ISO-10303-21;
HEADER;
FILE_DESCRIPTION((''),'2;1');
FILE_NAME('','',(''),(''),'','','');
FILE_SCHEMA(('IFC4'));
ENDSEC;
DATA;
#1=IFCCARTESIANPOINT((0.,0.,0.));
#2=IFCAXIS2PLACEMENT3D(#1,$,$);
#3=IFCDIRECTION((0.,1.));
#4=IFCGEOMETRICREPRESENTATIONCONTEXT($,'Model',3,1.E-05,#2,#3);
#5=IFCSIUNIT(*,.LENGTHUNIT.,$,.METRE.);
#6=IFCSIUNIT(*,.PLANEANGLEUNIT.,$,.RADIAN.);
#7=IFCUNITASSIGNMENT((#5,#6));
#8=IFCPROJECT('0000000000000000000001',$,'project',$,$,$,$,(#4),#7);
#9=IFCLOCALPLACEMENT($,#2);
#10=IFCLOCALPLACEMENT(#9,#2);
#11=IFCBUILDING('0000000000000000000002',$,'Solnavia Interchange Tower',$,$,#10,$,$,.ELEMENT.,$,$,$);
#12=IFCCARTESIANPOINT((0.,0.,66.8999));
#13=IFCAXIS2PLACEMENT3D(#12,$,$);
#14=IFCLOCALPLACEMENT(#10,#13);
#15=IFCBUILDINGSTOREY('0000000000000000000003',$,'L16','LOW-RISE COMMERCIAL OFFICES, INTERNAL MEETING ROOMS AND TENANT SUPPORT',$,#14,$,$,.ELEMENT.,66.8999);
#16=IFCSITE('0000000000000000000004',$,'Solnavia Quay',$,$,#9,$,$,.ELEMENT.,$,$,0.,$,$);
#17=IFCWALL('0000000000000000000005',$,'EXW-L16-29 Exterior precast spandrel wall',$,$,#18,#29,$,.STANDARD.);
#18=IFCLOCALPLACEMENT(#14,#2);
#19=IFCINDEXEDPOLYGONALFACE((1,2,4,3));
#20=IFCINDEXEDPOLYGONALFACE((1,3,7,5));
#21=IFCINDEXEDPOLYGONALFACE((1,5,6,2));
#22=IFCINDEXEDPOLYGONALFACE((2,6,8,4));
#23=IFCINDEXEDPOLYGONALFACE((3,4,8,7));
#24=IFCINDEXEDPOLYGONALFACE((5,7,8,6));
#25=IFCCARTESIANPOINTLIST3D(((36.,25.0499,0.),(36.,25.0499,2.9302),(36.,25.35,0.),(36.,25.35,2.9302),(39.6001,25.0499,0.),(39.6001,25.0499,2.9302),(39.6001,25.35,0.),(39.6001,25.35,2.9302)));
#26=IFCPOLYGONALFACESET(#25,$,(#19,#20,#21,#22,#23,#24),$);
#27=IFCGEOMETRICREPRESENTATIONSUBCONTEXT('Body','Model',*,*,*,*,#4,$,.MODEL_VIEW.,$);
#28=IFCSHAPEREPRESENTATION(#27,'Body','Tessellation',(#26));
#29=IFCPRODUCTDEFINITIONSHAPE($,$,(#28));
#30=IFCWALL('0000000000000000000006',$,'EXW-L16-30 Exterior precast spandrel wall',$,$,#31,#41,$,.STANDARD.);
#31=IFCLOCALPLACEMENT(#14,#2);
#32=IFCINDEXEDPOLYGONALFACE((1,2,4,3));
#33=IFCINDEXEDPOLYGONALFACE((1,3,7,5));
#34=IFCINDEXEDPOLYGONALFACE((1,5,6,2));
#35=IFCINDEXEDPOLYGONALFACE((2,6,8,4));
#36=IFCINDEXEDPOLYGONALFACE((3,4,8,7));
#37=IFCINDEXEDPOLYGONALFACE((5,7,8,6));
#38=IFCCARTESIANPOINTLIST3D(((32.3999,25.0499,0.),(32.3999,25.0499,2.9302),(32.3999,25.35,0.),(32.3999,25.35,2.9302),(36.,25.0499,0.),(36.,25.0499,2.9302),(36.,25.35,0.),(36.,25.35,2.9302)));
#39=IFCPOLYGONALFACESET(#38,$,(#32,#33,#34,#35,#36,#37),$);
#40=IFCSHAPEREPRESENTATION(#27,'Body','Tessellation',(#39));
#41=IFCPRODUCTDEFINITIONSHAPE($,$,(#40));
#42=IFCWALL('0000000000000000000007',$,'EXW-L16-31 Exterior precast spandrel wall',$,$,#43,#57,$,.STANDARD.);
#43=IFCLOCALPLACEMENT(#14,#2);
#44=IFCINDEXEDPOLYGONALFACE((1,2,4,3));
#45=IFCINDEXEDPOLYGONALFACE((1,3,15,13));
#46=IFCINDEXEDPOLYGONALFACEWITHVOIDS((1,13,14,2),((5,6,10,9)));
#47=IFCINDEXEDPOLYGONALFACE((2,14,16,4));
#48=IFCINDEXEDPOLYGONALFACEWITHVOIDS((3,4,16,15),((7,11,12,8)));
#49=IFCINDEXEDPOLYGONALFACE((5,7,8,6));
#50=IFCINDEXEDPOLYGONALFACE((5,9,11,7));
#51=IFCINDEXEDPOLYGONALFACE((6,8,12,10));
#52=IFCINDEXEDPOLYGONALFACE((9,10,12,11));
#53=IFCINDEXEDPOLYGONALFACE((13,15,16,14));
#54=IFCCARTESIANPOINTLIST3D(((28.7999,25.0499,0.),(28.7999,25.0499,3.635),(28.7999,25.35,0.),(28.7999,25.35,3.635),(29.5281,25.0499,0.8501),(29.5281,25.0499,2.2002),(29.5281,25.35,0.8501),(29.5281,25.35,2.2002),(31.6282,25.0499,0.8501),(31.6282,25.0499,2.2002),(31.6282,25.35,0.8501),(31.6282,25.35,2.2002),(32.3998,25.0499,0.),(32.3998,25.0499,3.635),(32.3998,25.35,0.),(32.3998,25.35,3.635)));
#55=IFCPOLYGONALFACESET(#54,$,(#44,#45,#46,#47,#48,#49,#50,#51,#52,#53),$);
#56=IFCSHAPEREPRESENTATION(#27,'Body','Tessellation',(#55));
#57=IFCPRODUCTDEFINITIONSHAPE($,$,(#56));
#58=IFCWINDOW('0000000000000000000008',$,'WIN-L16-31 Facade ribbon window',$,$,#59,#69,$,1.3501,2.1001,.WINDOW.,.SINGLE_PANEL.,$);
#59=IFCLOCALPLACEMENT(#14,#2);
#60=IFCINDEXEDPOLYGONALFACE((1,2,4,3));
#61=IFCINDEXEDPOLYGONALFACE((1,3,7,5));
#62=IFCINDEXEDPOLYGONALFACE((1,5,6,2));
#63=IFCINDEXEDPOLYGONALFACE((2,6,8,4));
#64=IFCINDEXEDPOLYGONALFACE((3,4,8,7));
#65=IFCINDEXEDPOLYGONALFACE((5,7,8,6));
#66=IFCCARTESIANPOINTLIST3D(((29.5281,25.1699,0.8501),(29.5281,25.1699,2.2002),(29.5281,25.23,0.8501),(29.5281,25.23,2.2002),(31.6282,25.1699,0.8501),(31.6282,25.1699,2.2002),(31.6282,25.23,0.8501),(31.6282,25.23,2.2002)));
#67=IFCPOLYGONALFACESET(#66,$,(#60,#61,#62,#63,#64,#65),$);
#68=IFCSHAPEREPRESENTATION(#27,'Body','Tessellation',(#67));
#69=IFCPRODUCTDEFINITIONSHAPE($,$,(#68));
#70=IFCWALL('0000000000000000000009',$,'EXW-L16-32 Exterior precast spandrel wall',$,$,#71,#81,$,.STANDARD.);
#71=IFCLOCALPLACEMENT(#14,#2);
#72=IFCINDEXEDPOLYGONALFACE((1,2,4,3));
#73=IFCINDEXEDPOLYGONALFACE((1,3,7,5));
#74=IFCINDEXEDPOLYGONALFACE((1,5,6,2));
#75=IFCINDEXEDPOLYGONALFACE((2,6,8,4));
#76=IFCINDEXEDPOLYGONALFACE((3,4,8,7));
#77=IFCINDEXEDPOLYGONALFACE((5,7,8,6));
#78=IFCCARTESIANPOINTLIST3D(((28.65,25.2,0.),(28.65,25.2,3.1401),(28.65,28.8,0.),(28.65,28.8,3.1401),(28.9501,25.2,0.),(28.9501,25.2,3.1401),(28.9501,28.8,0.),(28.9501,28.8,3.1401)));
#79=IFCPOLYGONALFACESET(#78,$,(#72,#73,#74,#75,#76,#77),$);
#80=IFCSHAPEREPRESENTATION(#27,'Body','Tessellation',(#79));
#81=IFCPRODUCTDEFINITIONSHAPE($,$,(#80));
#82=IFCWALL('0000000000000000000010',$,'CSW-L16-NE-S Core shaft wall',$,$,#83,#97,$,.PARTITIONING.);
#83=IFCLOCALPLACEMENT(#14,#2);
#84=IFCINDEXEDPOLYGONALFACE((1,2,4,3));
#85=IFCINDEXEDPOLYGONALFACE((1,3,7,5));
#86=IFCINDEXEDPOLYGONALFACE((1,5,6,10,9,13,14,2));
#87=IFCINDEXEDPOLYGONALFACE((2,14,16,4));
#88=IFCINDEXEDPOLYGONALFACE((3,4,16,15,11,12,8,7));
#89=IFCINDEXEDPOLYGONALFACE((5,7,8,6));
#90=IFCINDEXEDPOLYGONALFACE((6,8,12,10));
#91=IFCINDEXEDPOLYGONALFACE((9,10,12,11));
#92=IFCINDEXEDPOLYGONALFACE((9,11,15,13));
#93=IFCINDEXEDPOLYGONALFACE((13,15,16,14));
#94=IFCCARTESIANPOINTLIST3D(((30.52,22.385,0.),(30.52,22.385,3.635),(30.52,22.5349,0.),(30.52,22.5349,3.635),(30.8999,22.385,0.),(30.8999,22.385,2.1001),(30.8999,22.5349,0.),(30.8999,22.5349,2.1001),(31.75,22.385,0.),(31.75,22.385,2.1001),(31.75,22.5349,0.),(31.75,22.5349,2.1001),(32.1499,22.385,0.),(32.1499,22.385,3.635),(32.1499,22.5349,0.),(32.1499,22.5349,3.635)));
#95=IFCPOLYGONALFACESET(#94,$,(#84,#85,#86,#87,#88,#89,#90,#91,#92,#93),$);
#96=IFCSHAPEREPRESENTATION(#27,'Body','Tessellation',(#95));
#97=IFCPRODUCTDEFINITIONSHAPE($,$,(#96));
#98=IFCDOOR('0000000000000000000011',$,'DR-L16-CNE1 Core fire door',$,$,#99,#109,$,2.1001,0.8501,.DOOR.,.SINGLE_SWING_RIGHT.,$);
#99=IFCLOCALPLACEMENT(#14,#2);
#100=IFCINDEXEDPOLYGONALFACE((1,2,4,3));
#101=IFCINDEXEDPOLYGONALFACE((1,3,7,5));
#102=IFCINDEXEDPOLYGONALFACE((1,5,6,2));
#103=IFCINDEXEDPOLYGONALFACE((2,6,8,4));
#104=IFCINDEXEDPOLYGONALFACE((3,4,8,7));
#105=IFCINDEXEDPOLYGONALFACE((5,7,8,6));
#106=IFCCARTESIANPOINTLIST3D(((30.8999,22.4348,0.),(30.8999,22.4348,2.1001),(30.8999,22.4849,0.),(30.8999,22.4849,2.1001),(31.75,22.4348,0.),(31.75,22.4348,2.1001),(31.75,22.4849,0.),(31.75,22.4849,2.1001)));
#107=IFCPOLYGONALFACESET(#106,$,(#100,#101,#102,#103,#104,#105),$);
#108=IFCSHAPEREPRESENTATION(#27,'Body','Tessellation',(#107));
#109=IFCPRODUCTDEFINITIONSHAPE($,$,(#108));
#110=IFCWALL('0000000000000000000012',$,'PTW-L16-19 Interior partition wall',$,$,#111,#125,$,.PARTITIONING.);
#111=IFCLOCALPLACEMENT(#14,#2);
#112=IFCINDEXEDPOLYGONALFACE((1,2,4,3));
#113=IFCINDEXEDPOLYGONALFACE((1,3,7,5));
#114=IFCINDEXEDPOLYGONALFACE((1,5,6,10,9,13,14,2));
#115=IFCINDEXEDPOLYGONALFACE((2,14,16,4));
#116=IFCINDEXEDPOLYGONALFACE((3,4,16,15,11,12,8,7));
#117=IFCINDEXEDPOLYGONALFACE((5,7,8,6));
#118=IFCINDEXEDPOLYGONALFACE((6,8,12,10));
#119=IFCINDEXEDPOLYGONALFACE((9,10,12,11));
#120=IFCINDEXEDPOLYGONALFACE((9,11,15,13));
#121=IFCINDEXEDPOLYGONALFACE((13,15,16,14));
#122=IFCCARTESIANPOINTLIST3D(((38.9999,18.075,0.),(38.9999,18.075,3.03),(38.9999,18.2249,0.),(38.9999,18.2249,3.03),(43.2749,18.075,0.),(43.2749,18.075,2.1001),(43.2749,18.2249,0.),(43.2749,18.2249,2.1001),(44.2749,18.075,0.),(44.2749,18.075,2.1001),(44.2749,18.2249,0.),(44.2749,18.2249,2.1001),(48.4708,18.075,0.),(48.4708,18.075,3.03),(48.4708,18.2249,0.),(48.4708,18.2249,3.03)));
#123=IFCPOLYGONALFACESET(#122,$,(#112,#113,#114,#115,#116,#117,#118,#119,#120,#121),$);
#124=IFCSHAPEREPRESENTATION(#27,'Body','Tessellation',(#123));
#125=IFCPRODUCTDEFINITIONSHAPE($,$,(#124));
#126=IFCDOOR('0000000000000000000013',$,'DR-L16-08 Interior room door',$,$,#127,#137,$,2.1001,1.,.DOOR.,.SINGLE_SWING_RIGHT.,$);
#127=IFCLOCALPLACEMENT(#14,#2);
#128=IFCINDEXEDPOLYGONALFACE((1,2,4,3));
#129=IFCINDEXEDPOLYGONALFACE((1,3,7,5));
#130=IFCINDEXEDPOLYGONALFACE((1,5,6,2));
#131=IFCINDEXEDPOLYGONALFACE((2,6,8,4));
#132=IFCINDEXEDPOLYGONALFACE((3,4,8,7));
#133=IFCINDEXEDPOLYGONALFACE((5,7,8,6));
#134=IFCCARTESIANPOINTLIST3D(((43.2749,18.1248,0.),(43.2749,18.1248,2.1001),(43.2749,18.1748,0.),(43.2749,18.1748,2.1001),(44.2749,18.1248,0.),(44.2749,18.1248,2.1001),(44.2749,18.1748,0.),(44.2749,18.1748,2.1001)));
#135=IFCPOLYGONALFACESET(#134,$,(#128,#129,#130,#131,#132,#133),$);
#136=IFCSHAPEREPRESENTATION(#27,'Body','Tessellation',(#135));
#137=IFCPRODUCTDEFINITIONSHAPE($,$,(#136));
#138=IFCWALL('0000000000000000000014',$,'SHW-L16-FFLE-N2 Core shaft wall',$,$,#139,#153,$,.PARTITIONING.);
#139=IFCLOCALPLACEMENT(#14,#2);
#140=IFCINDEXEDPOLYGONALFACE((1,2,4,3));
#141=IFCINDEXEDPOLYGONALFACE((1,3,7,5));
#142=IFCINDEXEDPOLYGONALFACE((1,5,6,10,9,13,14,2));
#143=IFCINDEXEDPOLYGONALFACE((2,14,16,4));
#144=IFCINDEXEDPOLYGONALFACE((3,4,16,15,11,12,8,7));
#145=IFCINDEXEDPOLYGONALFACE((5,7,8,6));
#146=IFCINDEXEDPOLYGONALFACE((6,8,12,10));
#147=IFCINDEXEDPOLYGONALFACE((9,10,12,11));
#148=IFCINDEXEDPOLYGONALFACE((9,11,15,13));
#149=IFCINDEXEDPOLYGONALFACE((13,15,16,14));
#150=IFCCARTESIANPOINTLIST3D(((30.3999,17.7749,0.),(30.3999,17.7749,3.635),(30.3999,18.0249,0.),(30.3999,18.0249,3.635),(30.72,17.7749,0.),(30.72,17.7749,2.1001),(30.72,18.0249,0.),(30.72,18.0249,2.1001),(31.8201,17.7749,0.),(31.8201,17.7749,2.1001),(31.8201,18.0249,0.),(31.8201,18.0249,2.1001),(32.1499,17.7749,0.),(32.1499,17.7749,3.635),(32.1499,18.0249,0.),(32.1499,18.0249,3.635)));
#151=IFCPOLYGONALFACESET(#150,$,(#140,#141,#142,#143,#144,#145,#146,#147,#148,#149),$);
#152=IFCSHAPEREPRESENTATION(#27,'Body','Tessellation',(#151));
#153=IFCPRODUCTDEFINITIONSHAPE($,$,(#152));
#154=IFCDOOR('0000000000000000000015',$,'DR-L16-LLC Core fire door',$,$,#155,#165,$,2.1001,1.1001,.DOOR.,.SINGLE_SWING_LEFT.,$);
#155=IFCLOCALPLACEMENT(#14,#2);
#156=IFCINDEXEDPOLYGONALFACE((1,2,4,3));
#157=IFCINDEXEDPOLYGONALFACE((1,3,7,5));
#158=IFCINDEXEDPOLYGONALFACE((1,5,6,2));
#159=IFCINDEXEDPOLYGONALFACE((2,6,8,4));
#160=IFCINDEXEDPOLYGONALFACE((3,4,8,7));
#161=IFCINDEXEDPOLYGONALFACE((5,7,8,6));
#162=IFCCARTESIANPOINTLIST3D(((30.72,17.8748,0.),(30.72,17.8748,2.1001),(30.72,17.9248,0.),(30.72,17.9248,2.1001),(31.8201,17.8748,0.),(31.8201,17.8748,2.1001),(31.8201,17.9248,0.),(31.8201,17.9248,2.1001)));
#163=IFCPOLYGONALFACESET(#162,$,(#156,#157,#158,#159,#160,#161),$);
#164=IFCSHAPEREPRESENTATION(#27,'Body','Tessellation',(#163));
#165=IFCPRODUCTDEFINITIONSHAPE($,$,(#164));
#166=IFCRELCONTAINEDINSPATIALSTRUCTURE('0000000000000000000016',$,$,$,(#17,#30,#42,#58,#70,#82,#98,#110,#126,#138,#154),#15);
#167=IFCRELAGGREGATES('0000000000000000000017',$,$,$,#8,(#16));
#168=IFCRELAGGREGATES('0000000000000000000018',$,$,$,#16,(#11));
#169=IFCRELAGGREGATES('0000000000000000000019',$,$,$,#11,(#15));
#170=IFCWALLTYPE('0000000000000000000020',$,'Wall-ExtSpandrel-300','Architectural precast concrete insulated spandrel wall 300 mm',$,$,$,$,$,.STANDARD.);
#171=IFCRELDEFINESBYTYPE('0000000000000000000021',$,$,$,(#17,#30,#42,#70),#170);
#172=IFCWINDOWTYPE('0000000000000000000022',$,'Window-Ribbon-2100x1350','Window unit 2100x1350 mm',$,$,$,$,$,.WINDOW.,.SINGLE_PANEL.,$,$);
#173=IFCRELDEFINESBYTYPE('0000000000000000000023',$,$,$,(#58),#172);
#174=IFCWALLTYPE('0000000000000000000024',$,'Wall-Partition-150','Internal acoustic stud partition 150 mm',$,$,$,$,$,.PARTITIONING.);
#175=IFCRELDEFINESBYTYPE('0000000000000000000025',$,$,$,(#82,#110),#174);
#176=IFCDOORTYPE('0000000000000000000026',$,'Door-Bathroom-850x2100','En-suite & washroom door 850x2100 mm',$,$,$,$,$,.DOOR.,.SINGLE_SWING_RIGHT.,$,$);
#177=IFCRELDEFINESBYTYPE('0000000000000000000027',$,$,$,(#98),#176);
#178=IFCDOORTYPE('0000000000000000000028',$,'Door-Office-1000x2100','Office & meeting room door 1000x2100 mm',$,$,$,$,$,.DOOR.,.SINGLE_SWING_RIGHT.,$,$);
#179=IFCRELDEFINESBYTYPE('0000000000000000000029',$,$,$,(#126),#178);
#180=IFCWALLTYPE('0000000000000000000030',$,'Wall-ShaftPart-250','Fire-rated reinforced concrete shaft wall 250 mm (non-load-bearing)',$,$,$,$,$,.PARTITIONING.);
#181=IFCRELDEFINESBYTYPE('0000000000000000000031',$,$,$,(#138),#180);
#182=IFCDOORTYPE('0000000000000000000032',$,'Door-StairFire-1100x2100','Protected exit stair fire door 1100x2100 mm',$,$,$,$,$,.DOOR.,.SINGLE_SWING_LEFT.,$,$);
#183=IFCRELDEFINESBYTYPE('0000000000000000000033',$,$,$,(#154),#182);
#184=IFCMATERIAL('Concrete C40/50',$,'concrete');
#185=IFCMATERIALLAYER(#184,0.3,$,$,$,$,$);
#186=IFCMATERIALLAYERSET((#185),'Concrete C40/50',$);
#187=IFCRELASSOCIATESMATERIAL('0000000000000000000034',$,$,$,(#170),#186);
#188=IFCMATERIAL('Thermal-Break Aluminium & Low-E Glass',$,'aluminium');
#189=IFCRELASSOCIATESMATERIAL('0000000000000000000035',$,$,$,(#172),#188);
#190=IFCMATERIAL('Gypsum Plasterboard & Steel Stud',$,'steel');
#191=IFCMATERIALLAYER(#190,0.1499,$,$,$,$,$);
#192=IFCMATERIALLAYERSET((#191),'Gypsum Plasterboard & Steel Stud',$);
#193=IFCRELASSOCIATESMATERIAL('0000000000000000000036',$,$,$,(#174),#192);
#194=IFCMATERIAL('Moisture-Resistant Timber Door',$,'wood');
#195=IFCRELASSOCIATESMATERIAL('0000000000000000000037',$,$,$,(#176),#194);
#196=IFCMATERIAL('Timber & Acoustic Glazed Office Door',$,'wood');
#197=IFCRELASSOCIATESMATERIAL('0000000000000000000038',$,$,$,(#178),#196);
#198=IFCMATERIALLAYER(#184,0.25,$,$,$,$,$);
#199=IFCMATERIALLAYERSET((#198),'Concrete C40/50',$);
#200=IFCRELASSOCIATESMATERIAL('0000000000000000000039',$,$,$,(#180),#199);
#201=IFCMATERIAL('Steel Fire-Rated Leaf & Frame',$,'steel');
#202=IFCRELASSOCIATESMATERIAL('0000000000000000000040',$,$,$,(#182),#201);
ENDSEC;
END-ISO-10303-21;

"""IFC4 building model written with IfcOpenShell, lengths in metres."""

from ifc_helpers import new_model, si_unit, direction, frame, frame_2d, origin, place, context, subcontext, project, spatial, rectangle, extrude, material, layer, layer_set, type_object, element, fill, save


model = new_model("IFC4")

# Units and contexts
model_context = context("Model", 3, precision=1e-05, world=origin(), true_north=direction((0.0, 1.0)))
body_context = subcontext(model_context, "Body", "Model", "MODEL_VIEW")
ifc_project = project(units=[si_unit("LENGTHUNIT", "METRE"), si_unit("PLANEANGLEUNIT", "RADIAN")], contexts=[model_context])

# Site, building, storey
site_placement = place(None, origin())
site = spatial("IfcSite", under=ifc_project, at=site_placement, Name="Solnavia Quay", CompositionType="ELEMENT", RefElevation=0.0)
building_placement = place(site_placement, origin())
building = spatial("IfcBuilding", under=site, at=building_placement, Name="Solnavia Interchange Tower", CompositionType="ELEMENT")
storey_placement = place(building_placement, frame((0.0, 0.0, 66.8999)))
storey = spatial("IfcBuildingStorey", under=building, at=storey_placement, Name="L16", Description="LOW-RISE COMMERCIAL OFFICES, INTERNAL MEETING ROOMS AND TENANT SUPPORT", CompositionType="ELEMENT", Elevation=66.8999)

# Walls
ifc_material_1 = material(Name="Concrete C40/50", Category="concrete")
ifc_layer_1 = layer(ifc_material_1, 0.3)
ifc_layer_set_1 = layer_set([ifc_layer_1], Name="Concrete C40/50")
wall_type_1 = type_object("IfcWallType", Name="Wall-ExtSpandrel-300", Description="Architectural precast concrete insulated spandrel wall 300 mm", PredefinedType="STANDARD", material=ifc_layer_set_1)
for number, where, z_axis, x_axis, name in (
    (1, (36.0, 25.2, 0.0), (0.0, 0.0, 1.0), (1.0, 0.0, 0.0), "EXW-L16-29 Exterior precast spandrel wall"),
    (2, (32.3999, 25.2, 0.0), (0.0, 0.0, 1.0), (1.0, 0.0, 0.0), "EXW-L16-30 Exterior precast spandrel wall"),
):
    element("IfcWall", number, at=place(storey_placement, frame(where, z_axis=z_axis, x_axis=x_axis)), inside=storey, type_object=wall_type_1, Name=name, PredefinedType="STANDARD", context=body_context, shape_type="SweptSolid", body=[
        extrude(rectangle(XDim=3.6001, YDim=0.3, at=frame_2d((1.8, 0.0))), origin(), (0.0, 0.0, 1.0), 2.9302),
    ])

# Wall, opening, window
wall_1_placement = place(storey_placement, frame((28.8, 25.2, 0.0), z_axis=(0.0, 0.0, 1.0), x_axis=(1.0, 0.0, 0.0)))
wall_1 = element("IfcWall", 3, at=wall_1_placement, inside=storey, type_object=wall_type_1, Name="EXW-L16-31 Exterior precast spandrel wall", PredefinedType="STANDARD", context=body_context, shape_type="SweptSolid", body=[
    extrude(rectangle(XDim=3.5999, YDim=0.3, at=frame_2d((1.7998, 0.0))), origin(), (0.0, 0.0, 1.0), 3.635),
])
opening_1_placement = place(wall_1_placement, frame((0.728, 0.0, 0.8501)))
opening_1 = element("IfcOpeningElement", 4, at=opening_1_placement, cuts=wall_1, PredefinedType="OPENING", context=body_context, shape_type="SweptSolid", body=[
    extrude(rectangle(XDim=2.1001, YDim=1.3501, at=frame_2d((1.05, 0.675))), frame((0.0, 0.1602, 0.0), z_axis=(0.0, -1.0, 0.0), x_axis=(1.0, 0.0, 0.0)), (0.0, 0.0, 1.0), 0.3201),
])
ifc_material_2 = material(Name="Thermal-Break Aluminium & Low-E Glass", Category="aluminium")
window_type = type_object("IfcWindowType", Name="Window-Ribbon-2100x1350", Description="Window unit 2100x1350 mm", PartitioningType="SINGLE_PANEL", PredefinedType="WINDOW", material=ifc_material_2)
window_placement = place(opening_1_placement, origin())
window = element("IfcWindow", 5, at=window_placement, inside=storey, type_object=window_type, Name="WIN-L16-31 Facade ribbon window", OverallHeight=1.3501, OverallWidth=2.1001, PartitioningType="SINGLE_PANEL", PredefinedType="WINDOW", context=body_context, shape_type="SweptSolid", body=[
    extrude(rectangle(XDim=2.1001, YDim=1.3501, at=frame_2d((1.05, 0.675))), frame((0.0, 0.03, 0.0), z_axis=(0.0, -1.0, 0.0), x_axis=(1.0, 0.0, 0.0)), (0.0, 0.0, 1.0), 0.0601),
])
fill(opening_1, window)

# Wall
wall_2_placement = place(storey_placement, frame((28.8, 25.2, 0.0), z_axis=(0.0, 0.0, 1.0), x_axis=(0.0, 1.0, 0.0)))
element("IfcWall", 6, at=wall_2_placement, inside=storey, type_object=wall_type_1, Name="EXW-L16-32 Exterior precast spandrel wall", PredefinedType="STANDARD", context=body_context, shape_type="SweptSolid", body=[
    extrude(rectangle(XDim=3.6001, YDim=0.3, at=frame_2d((1.8, 0.0))), origin(), (0.0, 0.0, 1.0), 3.1401),
])

# Walls, openings, doors
ifc_material_3 = material(Name="Gypsum Plasterboard & Steel Stud", Category="steel")
ifc_layer_2 = layer(ifc_material_3, 0.1499)
ifc_layer_set_2 = layer_set([ifc_layer_2], Name="Gypsum Plasterboard & Steel Stud")
wall_type_2 = type_object("IfcWallType", Name="Wall-Partition-150", Description="Internal acoustic stud partition 150 mm", PredefinedType="PARTITIONING", material=ifc_layer_set_2)
wall_3_placement = place(storey_placement, frame((30.52, 22.46, 0.0), z_axis=(0.0, 0.0, 1.0), x_axis=(1.0, 0.0, 0.0)))
wall_3 = element("IfcWall", 7, at=wall_3_placement, inside=storey, type_object=wall_type_2, Name="CSW-L16-NE-S Core shaft wall", PredefinedType="PARTITIONING", context=body_context, shape_type="SweptSolid", body=[
    extrude(rectangle(XDim=1.6299, YDim=0.1499, at=frame_2d((0.8149, 0.0))), origin(), (0.0, 0.0, 1.0), 3.635),
])
opening_2_placement = place(wall_3_placement, frame((0.3799, 0.0, 0.0)))
opening_2 = element("IfcOpeningElement", 8, at=opening_2_placement, cuts=wall_3, PredefinedType="OPENING", context=body_context, shape_type="SweptSolid", body=[
    extrude(rectangle(XDim=0.8501, YDim=2.1001, at=frame_2d((0.425, 1.05))), frame((0.0, 0.085, 0.0), z_axis=(0.0, -1.0, 0.0), x_axis=(1.0, 0.0, 0.0)), (0.0, 0.0, 1.0), 0.1699),
])
ifc_material_4 = material(Name="Moisture-Resistant Timber Door", Category="wood")
door_type_1 = type_object("IfcDoorType", Name="Door-Bathroom-850x2100", Description="En-suite & washroom door 850x2100 mm", OperationType="SINGLE_SWING_RIGHT", PredefinedType="DOOR", material=ifc_material_4)
door_1_placement = place(opening_2_placement, origin())
door_1 = element("IfcDoor", 9, at=door_1_placement, inside=storey, type_object=door_type_1, Name="DR-L16-CNE1 Core fire door", OperationType="SINGLE_SWING_RIGHT", OverallHeight=2.1001, OverallWidth=0.8501, PredefinedType="DOOR", context=body_context, shape_type="SweptSolid", body=[
    extrude(rectangle(XDim=0.8501, YDim=2.1001, at=frame_2d((0.425, 1.05))), frame((0.0, 0.0249, 0.0), z_axis=(0.0, -1.0, 0.0), x_axis=(1.0, 0.0, 0.0)), (0.0, 0.0, 1.0), 0.05),
])
fill(opening_2, door_1)
wall_4_placement = place(storey_placement, frame((39.0, 18.1499, 0.0), z_axis=(0.0, 0.0, 1.0), x_axis=(1.0, 0.0, 0.0)))
wall_4 = element("IfcWall", 10, at=wall_4_placement, inside=storey, type_object=wall_type_2, Name="PTW-L16-19 Interior partition wall", PredefinedType="PARTITIONING", context=body_context, shape_type="SweptSolid", body=[
    extrude(rectangle(XDim=9.4709, YDim=0.1499, at=frame_2d((4.7354, 0.0))), origin(), (0.0, 0.0, 1.0), 3.03),
])
opening_3_placement = place(wall_4_placement, frame((4.2749, 0.0, 0.0)))
opening_3 = element("IfcOpeningElement", 11, at=opening_3_placement, cuts=wall_4, PredefinedType="OPENING", context=body_context, shape_type="SweptSolid", body=[
    extrude(rectangle(XDim=1.0, YDim=2.1001, at=frame_2d((0.5, 1.05))), frame((0.0, 0.085, 0.0), z_axis=(0.0, -1.0, 0.0), x_axis=(1.0, 0.0, 0.0)), (0.0, 0.0, 1.0), 0.1699),
])
ifc_material_5 = material(Name="Timber & Acoustic Glazed Office Door", Category="wood")
door_type_2 = type_object("IfcDoorType", Name="Door-Office-1000x2100", Description="Office & meeting room door 1000x2100 mm", OperationType="SINGLE_SWING_RIGHT", PredefinedType="DOOR", material=ifc_material_5)
door_2_placement = place(opening_3_placement, origin())
door_2 = element("IfcDoor", 12, at=door_2_placement, inside=storey, type_object=door_type_2, Name="DR-L16-08 Interior room door", OperationType="SINGLE_SWING_RIGHT", OverallHeight=2.1001, OverallWidth=1.0, PredefinedType="DOOR", context=body_context, shape_type="SweptSolid", body=[
    extrude(rectangle(XDim=1.0, YDim=2.1001, at=frame_2d((0.5, 1.05))), frame((0.0, 0.0249, 0.0), z_axis=(0.0, -1.0, 0.0), x_axis=(1.0, 0.0, 0.0)), (0.0, 0.0, 1.0), 0.05),
])
fill(opening_3, door_2)
ifc_layer_3 = layer(ifc_material_1, 0.25)
ifc_layer_set_3 = layer_set([ifc_layer_3], Name="Concrete C40/50")
wall_type_3 = type_object("IfcWallType", Name="Wall-ShaftPart-250", Description="Fire-rated reinforced concrete shaft wall 250 mm (non-load-bearing)", PredefinedType="PARTITIONING", material=ifc_layer_set_3)
wall_5_placement = place(storey_placement, frame((30.3999, 17.8999, 0.0), z_axis=(0.0, 0.0, 1.0), x_axis=(1.0, 0.0, 0.0)))
wall_5 = element("IfcWall", 13, at=wall_5_placement, inside=storey, type_object=wall_type_3, Name="SHW-L16-FFLE-N2 Core shaft wall", PredefinedType="PARTITIONING", context=body_context, shape_type="SweptSolid", body=[
    extrude(rectangle(XDim=1.75, YDim=0.25, at=frame_2d((0.875, 0.0))), origin(), (0.0, 0.0, 1.0), 3.635),
])
opening_4_placement = place(wall_5_placement, frame((0.3201, 0.0, 0.0)))
opening_4 = element("IfcOpeningElement", 14, at=opening_4_placement, cuts=wall_5, PredefinedType="OPENING", context=body_context, shape_type="SweptSolid", body=[
    extrude(rectangle(XDim=1.1001, YDim=2.1001, at=frame_2d((0.55, 1.05))), frame((0.0, 0.135, 0.0), z_axis=(0.0, -1.0, 0.0), x_axis=(1.0, 0.0, 0.0)), (0.0, 0.0, 1.0), 0.27),
])
ifc_material_6 = material(Name="Steel Fire-Rated Leaf & Frame", Category="steel")
door_type_3 = type_object("IfcDoorType", Name="Door-StairFire-1100x2100", Description="Protected exit stair fire door 1100x2100 mm", OperationType="SINGLE_SWING_LEFT", PredefinedType="DOOR", material=ifc_material_6)
door_3_placement = place(opening_4_placement, origin())
door_3 = element("IfcDoor", 15, at=door_3_placement, inside=storey, type_object=door_type_3, Name="DR-L16-LLC Core fire door", OperationType="SINGLE_SWING_LEFT", OverallHeight=2.1001, OverallWidth=1.1001, PredefinedType="DOOR", context=body_context, shape_type="SweptSolid", body=[
    extrude(rectangle(XDim=1.1001, YDim=2.1001, at=frame_2d((0.55, 1.05))), frame((0.0, 0.0249, 0.0), z_axis=(0.0, -1.0, 0.0), x_axis=(1.0, 0.0, 0.0)), (0.0, 0.0, 1.0), 0.05),
])
fill(opening_4, door_3)

save(model, "model.ifc")
